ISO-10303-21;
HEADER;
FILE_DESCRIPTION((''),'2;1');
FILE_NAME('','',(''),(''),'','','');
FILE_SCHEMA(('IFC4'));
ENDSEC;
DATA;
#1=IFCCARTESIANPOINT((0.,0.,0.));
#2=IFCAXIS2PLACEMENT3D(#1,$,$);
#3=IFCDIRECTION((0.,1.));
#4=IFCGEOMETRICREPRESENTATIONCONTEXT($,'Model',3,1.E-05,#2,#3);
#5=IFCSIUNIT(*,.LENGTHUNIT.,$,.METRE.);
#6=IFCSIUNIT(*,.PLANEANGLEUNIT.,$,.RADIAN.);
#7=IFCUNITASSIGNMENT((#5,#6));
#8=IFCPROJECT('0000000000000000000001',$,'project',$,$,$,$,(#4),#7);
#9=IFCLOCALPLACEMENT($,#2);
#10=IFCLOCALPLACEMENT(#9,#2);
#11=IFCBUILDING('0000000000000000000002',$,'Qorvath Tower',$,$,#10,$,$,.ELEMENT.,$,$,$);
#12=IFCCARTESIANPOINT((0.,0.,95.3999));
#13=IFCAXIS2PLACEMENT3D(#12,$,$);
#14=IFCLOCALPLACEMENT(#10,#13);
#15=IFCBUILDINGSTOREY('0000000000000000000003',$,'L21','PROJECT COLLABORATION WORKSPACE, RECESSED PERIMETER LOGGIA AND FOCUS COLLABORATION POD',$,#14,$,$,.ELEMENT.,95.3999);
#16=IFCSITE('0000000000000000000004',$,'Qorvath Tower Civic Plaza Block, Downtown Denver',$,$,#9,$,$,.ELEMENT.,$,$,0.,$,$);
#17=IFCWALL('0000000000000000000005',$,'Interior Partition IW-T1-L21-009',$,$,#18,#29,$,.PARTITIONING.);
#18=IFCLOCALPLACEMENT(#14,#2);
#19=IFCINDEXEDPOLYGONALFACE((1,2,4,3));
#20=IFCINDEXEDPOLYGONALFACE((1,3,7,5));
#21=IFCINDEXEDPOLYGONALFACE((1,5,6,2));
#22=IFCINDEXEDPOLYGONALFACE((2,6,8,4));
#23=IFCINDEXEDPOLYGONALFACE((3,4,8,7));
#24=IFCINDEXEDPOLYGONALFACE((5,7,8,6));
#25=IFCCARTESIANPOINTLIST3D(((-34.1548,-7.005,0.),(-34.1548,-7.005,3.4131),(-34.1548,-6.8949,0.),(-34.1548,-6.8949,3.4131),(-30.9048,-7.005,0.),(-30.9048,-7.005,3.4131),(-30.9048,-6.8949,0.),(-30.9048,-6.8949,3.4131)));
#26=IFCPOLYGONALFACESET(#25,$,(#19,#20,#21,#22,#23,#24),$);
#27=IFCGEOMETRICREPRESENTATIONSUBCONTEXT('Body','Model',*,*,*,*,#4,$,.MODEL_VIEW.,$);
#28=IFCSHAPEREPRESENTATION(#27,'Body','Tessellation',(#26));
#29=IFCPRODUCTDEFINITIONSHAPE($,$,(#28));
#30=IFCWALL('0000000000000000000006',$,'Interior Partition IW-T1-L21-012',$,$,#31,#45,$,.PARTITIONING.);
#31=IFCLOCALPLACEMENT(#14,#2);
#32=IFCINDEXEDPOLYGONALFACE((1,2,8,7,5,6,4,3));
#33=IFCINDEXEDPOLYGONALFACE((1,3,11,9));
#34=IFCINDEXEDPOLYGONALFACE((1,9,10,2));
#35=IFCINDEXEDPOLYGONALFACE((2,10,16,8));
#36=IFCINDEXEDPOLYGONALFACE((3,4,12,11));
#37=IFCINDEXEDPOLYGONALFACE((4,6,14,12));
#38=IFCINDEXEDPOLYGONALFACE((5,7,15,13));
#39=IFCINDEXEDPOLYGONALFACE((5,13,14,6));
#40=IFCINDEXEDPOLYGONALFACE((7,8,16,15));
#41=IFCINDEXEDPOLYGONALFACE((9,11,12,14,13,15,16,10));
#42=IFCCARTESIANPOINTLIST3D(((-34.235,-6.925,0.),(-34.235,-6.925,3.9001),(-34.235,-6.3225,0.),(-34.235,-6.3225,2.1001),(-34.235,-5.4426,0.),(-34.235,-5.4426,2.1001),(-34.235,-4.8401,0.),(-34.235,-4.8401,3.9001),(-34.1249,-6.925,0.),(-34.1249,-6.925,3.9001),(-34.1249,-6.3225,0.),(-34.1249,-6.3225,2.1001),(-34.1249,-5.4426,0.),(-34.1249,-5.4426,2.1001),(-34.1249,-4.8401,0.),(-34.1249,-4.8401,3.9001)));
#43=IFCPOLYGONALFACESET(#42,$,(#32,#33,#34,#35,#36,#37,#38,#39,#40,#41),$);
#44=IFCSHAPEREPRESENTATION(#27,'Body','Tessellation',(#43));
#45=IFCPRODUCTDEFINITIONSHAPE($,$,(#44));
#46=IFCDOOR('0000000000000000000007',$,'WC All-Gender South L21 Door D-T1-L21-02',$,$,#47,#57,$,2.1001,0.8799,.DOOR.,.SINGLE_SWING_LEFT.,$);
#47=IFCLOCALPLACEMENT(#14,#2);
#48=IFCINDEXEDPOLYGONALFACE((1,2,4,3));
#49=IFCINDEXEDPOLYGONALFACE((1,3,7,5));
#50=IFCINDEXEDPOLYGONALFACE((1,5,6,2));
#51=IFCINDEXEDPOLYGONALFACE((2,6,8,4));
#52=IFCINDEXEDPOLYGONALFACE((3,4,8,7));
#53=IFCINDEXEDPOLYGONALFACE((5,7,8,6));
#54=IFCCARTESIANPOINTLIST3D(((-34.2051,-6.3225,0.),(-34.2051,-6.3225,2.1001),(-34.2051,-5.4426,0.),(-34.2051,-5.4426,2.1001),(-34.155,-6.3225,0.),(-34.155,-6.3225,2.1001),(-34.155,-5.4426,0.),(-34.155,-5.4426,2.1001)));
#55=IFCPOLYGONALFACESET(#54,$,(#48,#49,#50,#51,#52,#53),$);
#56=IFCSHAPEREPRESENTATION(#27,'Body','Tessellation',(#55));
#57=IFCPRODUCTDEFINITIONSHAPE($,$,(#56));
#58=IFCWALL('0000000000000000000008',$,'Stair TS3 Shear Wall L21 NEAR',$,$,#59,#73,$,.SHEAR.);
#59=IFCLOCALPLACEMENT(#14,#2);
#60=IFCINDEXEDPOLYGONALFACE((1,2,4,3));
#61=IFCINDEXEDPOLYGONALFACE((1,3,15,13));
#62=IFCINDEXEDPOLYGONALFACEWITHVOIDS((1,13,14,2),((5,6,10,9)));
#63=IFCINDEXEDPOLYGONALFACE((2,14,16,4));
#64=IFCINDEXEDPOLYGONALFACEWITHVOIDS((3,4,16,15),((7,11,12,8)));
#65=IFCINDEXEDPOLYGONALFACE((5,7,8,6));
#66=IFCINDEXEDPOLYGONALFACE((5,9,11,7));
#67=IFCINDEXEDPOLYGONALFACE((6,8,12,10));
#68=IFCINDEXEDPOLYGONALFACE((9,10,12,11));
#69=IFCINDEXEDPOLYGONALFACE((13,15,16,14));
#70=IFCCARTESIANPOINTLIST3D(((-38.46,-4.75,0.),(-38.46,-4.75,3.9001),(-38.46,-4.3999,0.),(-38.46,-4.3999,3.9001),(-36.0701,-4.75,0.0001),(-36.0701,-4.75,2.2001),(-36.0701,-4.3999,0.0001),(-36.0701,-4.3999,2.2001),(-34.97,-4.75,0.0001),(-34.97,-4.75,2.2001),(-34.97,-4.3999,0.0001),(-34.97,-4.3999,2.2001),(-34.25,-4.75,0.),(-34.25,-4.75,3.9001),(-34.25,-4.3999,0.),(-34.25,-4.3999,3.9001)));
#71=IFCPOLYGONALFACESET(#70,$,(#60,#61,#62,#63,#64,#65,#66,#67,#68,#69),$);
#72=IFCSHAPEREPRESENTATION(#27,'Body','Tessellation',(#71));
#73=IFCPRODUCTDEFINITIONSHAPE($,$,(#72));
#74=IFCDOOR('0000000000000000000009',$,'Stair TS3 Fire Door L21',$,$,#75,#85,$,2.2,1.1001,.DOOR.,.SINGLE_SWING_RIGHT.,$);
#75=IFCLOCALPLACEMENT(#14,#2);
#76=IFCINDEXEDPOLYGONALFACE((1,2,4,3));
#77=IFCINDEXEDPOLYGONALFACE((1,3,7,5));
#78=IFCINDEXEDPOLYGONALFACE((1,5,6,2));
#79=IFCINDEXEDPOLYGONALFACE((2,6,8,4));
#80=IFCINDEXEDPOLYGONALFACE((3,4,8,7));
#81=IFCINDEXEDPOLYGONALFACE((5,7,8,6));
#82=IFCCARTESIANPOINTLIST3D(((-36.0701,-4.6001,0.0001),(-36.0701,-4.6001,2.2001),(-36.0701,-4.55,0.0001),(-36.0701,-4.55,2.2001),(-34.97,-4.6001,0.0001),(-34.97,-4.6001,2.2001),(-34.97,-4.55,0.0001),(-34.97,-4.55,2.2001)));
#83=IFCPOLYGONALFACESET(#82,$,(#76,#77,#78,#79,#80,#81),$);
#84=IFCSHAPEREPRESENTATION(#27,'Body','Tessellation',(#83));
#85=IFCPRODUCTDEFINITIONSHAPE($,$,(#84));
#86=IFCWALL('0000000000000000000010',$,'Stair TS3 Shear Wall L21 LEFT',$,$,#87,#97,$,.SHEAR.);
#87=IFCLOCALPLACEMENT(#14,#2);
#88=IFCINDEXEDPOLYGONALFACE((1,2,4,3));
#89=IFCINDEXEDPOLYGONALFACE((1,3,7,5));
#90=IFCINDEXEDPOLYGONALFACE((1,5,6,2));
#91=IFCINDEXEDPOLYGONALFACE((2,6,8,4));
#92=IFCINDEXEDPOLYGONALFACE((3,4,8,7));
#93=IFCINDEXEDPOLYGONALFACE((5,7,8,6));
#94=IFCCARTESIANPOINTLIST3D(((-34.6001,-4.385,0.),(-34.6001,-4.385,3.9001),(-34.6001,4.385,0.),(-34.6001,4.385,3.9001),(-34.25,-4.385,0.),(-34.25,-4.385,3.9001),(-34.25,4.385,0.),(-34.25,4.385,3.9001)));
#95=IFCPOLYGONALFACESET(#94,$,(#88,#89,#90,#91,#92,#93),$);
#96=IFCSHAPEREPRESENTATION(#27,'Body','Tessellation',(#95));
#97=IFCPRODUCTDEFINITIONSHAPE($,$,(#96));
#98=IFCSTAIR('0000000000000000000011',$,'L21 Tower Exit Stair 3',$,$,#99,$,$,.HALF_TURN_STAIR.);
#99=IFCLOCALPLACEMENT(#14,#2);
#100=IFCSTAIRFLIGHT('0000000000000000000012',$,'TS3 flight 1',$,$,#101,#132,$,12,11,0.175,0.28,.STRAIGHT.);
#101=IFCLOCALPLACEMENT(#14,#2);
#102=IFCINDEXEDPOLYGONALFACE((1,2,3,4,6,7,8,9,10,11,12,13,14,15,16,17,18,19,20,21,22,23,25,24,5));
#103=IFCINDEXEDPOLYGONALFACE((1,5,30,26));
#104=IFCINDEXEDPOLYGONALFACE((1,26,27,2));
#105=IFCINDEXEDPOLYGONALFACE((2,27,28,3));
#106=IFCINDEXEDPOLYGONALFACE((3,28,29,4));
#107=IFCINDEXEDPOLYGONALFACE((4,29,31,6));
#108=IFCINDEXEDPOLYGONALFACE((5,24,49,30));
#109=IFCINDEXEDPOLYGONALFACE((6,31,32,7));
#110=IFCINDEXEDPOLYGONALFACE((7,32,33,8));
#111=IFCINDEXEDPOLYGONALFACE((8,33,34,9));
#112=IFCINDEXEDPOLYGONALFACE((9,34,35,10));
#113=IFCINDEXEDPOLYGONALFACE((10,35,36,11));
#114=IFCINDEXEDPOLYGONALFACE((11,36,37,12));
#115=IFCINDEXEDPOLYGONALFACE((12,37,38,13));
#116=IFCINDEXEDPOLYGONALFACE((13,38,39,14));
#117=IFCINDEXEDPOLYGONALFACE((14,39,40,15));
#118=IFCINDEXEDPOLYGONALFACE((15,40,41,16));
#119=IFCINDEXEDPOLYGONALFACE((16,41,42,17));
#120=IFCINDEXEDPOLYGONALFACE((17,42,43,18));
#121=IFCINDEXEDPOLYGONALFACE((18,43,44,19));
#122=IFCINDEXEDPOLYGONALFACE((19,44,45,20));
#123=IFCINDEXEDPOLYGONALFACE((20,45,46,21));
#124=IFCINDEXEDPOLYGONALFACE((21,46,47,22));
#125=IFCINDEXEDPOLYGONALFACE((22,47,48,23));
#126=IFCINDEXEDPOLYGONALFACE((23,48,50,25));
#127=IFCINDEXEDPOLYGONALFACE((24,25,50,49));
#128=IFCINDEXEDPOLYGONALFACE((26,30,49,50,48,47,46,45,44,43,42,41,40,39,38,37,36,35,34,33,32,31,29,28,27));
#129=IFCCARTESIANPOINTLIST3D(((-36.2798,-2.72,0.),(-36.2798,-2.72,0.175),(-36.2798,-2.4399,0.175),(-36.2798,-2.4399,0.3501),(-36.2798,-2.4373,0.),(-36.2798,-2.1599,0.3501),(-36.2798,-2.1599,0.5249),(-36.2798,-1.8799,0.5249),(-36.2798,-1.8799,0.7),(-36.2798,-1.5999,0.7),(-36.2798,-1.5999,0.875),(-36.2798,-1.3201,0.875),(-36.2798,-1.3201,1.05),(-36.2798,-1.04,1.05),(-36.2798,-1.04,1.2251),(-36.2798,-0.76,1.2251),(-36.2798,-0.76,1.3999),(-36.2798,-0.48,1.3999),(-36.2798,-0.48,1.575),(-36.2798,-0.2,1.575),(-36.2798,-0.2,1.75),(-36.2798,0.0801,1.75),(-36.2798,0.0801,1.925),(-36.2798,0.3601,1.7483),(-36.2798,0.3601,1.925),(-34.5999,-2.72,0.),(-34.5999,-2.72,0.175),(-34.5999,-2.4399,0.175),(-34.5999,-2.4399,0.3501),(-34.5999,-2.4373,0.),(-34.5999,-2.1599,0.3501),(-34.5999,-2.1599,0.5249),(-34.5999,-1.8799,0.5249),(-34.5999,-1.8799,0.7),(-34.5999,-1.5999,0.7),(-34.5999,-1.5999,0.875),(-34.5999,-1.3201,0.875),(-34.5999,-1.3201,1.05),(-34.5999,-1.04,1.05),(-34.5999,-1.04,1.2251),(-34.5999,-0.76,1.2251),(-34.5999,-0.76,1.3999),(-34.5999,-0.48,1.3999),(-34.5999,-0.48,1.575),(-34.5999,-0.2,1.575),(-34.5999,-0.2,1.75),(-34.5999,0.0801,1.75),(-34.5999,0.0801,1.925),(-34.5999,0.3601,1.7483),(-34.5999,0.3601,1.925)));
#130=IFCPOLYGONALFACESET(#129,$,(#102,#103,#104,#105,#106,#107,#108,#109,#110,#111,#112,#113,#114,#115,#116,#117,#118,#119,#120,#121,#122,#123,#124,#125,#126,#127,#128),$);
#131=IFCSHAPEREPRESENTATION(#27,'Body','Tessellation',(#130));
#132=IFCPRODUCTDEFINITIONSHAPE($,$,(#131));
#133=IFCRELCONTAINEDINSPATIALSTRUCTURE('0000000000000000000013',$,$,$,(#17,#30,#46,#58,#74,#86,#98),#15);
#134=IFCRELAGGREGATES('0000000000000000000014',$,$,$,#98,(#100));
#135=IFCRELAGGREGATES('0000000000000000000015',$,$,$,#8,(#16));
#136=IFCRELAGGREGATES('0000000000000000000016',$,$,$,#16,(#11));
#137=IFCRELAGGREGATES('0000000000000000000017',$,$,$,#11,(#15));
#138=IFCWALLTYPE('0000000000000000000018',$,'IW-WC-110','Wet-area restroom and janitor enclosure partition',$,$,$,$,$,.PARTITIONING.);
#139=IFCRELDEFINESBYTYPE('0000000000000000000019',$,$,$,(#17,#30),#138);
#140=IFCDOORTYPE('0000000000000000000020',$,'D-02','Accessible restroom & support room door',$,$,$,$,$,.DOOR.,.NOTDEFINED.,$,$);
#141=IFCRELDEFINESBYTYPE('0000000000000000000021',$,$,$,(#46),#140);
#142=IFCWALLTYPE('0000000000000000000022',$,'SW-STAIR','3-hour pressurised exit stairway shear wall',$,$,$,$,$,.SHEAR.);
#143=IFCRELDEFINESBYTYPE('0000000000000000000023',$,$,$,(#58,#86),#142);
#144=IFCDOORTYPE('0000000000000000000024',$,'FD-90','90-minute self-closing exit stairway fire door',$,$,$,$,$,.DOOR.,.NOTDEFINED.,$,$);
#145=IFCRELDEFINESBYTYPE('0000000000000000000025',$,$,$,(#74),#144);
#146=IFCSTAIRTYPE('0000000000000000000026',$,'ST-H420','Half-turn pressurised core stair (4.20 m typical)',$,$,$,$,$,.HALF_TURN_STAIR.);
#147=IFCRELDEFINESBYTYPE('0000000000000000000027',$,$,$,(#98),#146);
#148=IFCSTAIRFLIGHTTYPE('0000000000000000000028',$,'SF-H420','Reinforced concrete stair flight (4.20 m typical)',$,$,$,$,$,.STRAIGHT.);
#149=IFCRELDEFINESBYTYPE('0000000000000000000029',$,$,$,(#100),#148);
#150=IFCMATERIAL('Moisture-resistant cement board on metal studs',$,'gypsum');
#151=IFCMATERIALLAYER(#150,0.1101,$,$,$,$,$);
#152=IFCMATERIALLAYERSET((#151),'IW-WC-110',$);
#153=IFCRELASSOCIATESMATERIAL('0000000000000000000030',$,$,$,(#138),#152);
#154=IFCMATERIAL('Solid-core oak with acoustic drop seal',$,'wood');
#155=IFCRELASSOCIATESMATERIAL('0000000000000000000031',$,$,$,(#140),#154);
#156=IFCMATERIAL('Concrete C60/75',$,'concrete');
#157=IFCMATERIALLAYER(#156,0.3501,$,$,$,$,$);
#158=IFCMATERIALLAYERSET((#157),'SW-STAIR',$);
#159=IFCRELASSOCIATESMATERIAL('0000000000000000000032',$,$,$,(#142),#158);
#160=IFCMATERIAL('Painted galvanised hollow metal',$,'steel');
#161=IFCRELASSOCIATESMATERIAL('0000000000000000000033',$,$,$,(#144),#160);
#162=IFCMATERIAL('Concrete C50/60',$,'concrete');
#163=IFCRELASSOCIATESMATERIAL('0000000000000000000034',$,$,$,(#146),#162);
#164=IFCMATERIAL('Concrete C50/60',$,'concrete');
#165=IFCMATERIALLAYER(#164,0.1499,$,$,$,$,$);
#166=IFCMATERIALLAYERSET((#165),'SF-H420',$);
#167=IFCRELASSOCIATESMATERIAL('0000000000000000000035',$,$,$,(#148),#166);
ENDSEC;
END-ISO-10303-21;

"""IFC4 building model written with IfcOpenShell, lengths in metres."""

from ifc_helpers import new_model, si_unit, direction, frame, frame_2d, origin, place, context, subcontext, project, spatial, polyline, rectangle, outline, extrude, material, layer, layer_set, type_object, element, fill, aggregate, save


model = new_model("IFC4")

# Units and contexts
model_context = context("Model", 3, precision=1e-05, world=origin(), true_north=direction((0.0, 1.0)))
body_context = subcontext(model_context, "Body", "Model", "MODEL_VIEW")
ifc_project = project(units=[si_unit("LENGTHUNIT", "METRE"), si_unit("PLANEANGLEUNIT", "RADIAN")], contexts=[model_context])

# Site, building, storey
site_placement = place(None, origin())
site = spatial("IfcSite", under=ifc_project, at=site_placement, Name="Qorvath Tower Civic Plaza Block, Downtown Denver", CompositionType="ELEMENT", RefElevation=0.0)
building_placement = place(site_placement, origin())
building = spatial("IfcBuilding", under=site, at=building_placement, Name="Qorvath Tower", CompositionType="ELEMENT")
storey_placement = place(building_placement, frame((0.0, 0.0, 95.3999)))
storey = spatial("IfcBuildingStorey", under=building, at=storey_placement, Name="L21", Description="PROJECT COLLABORATION WORKSPACE, RECESSED PERIMETER LOGGIA AND FOCUS COLLABORATION POD", CompositionType="ELEMENT", Elevation=95.3999)

# Wall
ifc_material_1 = material(Name="Moisture-resistant cement board on metal studs", Category="gypsum")
ifc_layer_1 = layer(ifc_material_1, 0.1101)
ifc_layer_set_1 = layer_set([ifc_layer_1], Name="IW-WC-110")
wall_type_1 = type_object("IfcWallType", Name="IW-WC-110", Description="Wet-area restroom and janitor enclosure partition", PredefinedType="PARTITIONING", material=ifc_layer_set_1)
wall_1_placement = place(storey_placement, frame((-34.1548, -6.95, 0.0), z_axis=(0.0, 0.0, 1.0), x_axis=(1.0, 0.0, 0.0)))
element("IfcWall", 1, at=wall_1_placement, inside=storey, type_object=wall_type_1, Name="Interior Partition IW-T1-L21-009", PredefinedType="PARTITIONING", context=body_context, shape_type="SweptSolid", body=[
    extrude(rectangle(XDim=3.25, YDim=0.1101, at=frame_2d((1.625, 0.0))), origin(), (0.0, 0.0, 1.0), 3.4131),
])

# Walls, openings, doors
wall_2_placement = place(storey_placement, frame((-34.1799, -4.8401, 0.0), z_axis=(0.0, 0.0, 1.0), x_axis=(0.0, -1.0, 0.0)))
wall_2 = element("IfcWall", 2, at=wall_2_placement, inside=storey, type_object=wall_type_1, Name="Interior Partition IW-T1-L21-012", PredefinedType="PARTITIONING", context=body_context, shape_type="SweptSolid", body=[
    extrude(rectangle(XDim=2.085, YDim=0.1101, at=frame_2d((1.0425, 0.0))), origin(), (0.0, 0.0, 1.0), 3.9001),
])
opening_1_placement = place(wall_2_placement, frame((0.6025, 0.0, 0.0)))
opening_1 = element("IfcOpeningElement", 3, at=opening_1_placement, cuts=wall_2, PredefinedType="OPENING", context=body_context, shape_type="SweptSolid", body=[
    extrude(rectangle(XDim=0.8799, YDim=2.1001, at=frame_2d((0.4399, 1.05))), frame((0.0, 0.0649, 0.0), z_axis=(0.0, -1.0, 0.0), x_axis=(1.0, 0.0, 0.0)), (0.0, 0.0, 1.0), 0.1301),
])
ifc_material_2 = material(Name="Solid-core oak with acoustic drop seal", Category="wood")
door_type_1 = type_object("IfcDoorType", Name="D-02", Description="Accessible restroom & support room door", OperationType="NOTDEFINED", PredefinedType="DOOR", material=ifc_material_2)
door_1_placement = place(opening_1_placement, origin())
door_1 = element("IfcDoor", 4, at=door_1_placement, inside=storey, type_object=door_type_1, Name="WC All-Gender South L21 Door D-T1-L21-02", OperationType="SINGLE_SWING_LEFT", OverallHeight=2.1001, OverallWidth=0.8799, PredefinedType="DOOR", context=body_context, shape_type="SweptSolid", body=[
    extrude(rectangle(XDim=0.8799, YDim=2.1001, at=frame_2d((0.4399, 1.05))), frame((0.0, 0.0249, 0.0), z_axis=(0.0, -1.0, 0.0), x_axis=(1.0, 0.0, 0.0)), (0.0, 0.0, 1.0), 0.05),
])
fill(opening_1, door_1)
ifc_material_3 = material(Name="Concrete C60/75", Category="concrete")
ifc_layer_2 = layer(ifc_material_3, 0.3501)
ifc_layer_set_2 = layer_set([ifc_layer_2], Name="SW-STAIR")
wall_type_2 = type_object("IfcWallType", Name="SW-STAIR", Description="3-hour pressurised exit stairway shear wall", PredefinedType="SHEAR", material=ifc_layer_set_2)
wall_3_placement = place(storey_placement, frame((-38.46, -4.575, 0.0), z_axis=(0.0, 0.0, 1.0), x_axis=(1.0, 0.0, 0.0)))
wall_3 = element("IfcWall", 5, at=wall_3_placement, inside=storey, type_object=wall_type_2, Name="Stair TS3 Shear Wall L21 NEAR", PredefinedType="SHEAR", context=body_context, shape_type="SweptSolid", body=[
    extrude(rectangle(XDim=4.21, YDim=0.3501, at=frame_2d((2.105, 0.0))), origin(), (0.0, 0.0, 1.0), 3.9001),
])
opening_2_placement = place(wall_3_placement, frame((2.3899, 0.0, 0.0)))
opening_2 = element("IfcOpeningElement", 6, at=opening_2_placement, cuts=wall_3, PredefinedType="OPENING", context=body_context, shape_type="SweptSolid", body=[
    extrude(rectangle(XDim=1.1001, YDim=2.2, at=frame_2d((0.55, 1.1001))), frame((0.0, 0.1851, 0.0), z_axis=(0.0, -1.0, 0.0), x_axis=(1.0, 0.0, 0.0)), (0.0, 0.0, 1.0), 0.3701),
])
ifc_material_4 = material(Name="Painted galvanised hollow metal", Category="steel")
door_type_2 = type_object("IfcDoorType", Name="FD-90", Description="90-minute self-closing exit stairway fire door", OperationType="NOTDEFINED", PredefinedType="DOOR", material=ifc_material_4)
door_2_placement = place(opening_2_placement, origin())
door_2 = element("IfcDoor", 7, at=door_2_placement, inside=storey, type_object=door_type_2, Name="Stair TS3 Fire Door L21", OperationType="SINGLE_SWING_RIGHT", OverallHeight=2.2, OverallWidth=1.1001, PredefinedType="DOOR", context=body_context, shape_type="SweptSolid", body=[
    extrude(rectangle(XDim=1.1001, YDim=2.2, at=frame_2d((0.55, 1.1001))), frame((0.0, 0.0249, 0.0), z_axis=(0.0, -1.0, 0.0), x_axis=(1.0, 0.0, 0.0)), (0.0, 0.0, 1.0), 0.05),
])
fill(opening_2, door_2)

# Wall
wall_4_placement = place(storey_placement, frame((-34.425, -4.385, 0.0), z_axis=(0.0, 0.0, 1.0), x_axis=(0.0, 1.0, 0.0)))
element("IfcWall", 8, at=wall_4_placement, inside=storey, type_object=wall_type_2, Name="Stair TS3 Shear Wall L21 LEFT", PredefinedType="SHEAR", context=body_context, shape_type="SweptSolid", body=[
    extrude(rectangle(XDim=8.77, YDim=0.3501, at=frame_2d((4.385, 0.0))), origin(), (0.0, 0.0, 1.0), 3.9001),
])

# Stair, stair flight
ifc_material_5 = material(Name="Concrete C50/60", Category="concrete")
stair_type = type_object("IfcStairType", Name="ST-H420", Description="Half-turn pressurised core stair (4.20 m typical)", PredefinedType="HALF_TURN_STAIR", material=ifc_material_5)
stair_placement = place(storey_placement, origin())
stair = element("IfcStair", 9, at=stair_placement, inside=storey, type_object=stair_type, Name="L21 Tower Exit Stair 3", PredefinedType="HALF_TURN_STAIR")
ifc_material_6 = material(Name="Concrete C50/60", Category="concrete")
ifc_layer_3 = layer(ifc_material_6, 0.1499)
ifc_layer_set_3 = layer_set([ifc_layer_3], Name="SF-H420")
stair_flight_type = type_object("IfcStairFlightType", Name="SF-H420", Description="Reinforced concrete stair flight (4.20 m typical)", PredefinedType="STRAIGHT", material=ifc_layer_set_3)
stair_flight_placement = place(storey_placement, frame((-35.4399, -2.72, 0.0), z_axis=(0.0, 0.0, 1.0), x_axis=(0.0, 1.0, 0.0)))
stair_flight = element("IfcStairFlight", 10, at=stair_flight_placement, type_object=stair_flight_type, Name="TS3 flight 1", NumberOfRisers=12, NumberOfTreads=11, PredefinedType="STRAIGHT", RiserHeight=0.175, TreadLength=0.28, context=body_context, shape_type="SweptSolid", body=[
    extrude(outline(polyline([(0.0, 0.0), (0.0, 0.175), (0.28, 0.175), (0.28, 0.3501), (0.5601, 0.3501), (0.5601, 0.5249), (0.8401, 0.5249), (0.8401, 0.7), (1.1201, 0.7), (1.1201, 0.875), (1.3999, 0.875), (1.3999, 1.05), (1.6799, 1.05), (1.6799, 1.2251), (1.96, 1.2251), (1.96, 1.3999), (2.24, 1.3999), (2.24, 1.575), (2.52, 1.575), (2.52, 1.75), (2.8, 1.75), (2.8, 1.925), (3.0801, 1.925), (3.0801, 2.1001), (3.0801, 1.7483), (0.2827, 0.0), (0.0, 0.0)])), frame((0.0, 0.8398, 0.0), z_axis=(0.0, -1.0, 0.0), x_axis=(1.0, 0.0, 0.0)), (0.0, 0.0, 1.0), 1.6799),
])
aggregate(stair, [stair_flight])

save(model, "model.ifc")
